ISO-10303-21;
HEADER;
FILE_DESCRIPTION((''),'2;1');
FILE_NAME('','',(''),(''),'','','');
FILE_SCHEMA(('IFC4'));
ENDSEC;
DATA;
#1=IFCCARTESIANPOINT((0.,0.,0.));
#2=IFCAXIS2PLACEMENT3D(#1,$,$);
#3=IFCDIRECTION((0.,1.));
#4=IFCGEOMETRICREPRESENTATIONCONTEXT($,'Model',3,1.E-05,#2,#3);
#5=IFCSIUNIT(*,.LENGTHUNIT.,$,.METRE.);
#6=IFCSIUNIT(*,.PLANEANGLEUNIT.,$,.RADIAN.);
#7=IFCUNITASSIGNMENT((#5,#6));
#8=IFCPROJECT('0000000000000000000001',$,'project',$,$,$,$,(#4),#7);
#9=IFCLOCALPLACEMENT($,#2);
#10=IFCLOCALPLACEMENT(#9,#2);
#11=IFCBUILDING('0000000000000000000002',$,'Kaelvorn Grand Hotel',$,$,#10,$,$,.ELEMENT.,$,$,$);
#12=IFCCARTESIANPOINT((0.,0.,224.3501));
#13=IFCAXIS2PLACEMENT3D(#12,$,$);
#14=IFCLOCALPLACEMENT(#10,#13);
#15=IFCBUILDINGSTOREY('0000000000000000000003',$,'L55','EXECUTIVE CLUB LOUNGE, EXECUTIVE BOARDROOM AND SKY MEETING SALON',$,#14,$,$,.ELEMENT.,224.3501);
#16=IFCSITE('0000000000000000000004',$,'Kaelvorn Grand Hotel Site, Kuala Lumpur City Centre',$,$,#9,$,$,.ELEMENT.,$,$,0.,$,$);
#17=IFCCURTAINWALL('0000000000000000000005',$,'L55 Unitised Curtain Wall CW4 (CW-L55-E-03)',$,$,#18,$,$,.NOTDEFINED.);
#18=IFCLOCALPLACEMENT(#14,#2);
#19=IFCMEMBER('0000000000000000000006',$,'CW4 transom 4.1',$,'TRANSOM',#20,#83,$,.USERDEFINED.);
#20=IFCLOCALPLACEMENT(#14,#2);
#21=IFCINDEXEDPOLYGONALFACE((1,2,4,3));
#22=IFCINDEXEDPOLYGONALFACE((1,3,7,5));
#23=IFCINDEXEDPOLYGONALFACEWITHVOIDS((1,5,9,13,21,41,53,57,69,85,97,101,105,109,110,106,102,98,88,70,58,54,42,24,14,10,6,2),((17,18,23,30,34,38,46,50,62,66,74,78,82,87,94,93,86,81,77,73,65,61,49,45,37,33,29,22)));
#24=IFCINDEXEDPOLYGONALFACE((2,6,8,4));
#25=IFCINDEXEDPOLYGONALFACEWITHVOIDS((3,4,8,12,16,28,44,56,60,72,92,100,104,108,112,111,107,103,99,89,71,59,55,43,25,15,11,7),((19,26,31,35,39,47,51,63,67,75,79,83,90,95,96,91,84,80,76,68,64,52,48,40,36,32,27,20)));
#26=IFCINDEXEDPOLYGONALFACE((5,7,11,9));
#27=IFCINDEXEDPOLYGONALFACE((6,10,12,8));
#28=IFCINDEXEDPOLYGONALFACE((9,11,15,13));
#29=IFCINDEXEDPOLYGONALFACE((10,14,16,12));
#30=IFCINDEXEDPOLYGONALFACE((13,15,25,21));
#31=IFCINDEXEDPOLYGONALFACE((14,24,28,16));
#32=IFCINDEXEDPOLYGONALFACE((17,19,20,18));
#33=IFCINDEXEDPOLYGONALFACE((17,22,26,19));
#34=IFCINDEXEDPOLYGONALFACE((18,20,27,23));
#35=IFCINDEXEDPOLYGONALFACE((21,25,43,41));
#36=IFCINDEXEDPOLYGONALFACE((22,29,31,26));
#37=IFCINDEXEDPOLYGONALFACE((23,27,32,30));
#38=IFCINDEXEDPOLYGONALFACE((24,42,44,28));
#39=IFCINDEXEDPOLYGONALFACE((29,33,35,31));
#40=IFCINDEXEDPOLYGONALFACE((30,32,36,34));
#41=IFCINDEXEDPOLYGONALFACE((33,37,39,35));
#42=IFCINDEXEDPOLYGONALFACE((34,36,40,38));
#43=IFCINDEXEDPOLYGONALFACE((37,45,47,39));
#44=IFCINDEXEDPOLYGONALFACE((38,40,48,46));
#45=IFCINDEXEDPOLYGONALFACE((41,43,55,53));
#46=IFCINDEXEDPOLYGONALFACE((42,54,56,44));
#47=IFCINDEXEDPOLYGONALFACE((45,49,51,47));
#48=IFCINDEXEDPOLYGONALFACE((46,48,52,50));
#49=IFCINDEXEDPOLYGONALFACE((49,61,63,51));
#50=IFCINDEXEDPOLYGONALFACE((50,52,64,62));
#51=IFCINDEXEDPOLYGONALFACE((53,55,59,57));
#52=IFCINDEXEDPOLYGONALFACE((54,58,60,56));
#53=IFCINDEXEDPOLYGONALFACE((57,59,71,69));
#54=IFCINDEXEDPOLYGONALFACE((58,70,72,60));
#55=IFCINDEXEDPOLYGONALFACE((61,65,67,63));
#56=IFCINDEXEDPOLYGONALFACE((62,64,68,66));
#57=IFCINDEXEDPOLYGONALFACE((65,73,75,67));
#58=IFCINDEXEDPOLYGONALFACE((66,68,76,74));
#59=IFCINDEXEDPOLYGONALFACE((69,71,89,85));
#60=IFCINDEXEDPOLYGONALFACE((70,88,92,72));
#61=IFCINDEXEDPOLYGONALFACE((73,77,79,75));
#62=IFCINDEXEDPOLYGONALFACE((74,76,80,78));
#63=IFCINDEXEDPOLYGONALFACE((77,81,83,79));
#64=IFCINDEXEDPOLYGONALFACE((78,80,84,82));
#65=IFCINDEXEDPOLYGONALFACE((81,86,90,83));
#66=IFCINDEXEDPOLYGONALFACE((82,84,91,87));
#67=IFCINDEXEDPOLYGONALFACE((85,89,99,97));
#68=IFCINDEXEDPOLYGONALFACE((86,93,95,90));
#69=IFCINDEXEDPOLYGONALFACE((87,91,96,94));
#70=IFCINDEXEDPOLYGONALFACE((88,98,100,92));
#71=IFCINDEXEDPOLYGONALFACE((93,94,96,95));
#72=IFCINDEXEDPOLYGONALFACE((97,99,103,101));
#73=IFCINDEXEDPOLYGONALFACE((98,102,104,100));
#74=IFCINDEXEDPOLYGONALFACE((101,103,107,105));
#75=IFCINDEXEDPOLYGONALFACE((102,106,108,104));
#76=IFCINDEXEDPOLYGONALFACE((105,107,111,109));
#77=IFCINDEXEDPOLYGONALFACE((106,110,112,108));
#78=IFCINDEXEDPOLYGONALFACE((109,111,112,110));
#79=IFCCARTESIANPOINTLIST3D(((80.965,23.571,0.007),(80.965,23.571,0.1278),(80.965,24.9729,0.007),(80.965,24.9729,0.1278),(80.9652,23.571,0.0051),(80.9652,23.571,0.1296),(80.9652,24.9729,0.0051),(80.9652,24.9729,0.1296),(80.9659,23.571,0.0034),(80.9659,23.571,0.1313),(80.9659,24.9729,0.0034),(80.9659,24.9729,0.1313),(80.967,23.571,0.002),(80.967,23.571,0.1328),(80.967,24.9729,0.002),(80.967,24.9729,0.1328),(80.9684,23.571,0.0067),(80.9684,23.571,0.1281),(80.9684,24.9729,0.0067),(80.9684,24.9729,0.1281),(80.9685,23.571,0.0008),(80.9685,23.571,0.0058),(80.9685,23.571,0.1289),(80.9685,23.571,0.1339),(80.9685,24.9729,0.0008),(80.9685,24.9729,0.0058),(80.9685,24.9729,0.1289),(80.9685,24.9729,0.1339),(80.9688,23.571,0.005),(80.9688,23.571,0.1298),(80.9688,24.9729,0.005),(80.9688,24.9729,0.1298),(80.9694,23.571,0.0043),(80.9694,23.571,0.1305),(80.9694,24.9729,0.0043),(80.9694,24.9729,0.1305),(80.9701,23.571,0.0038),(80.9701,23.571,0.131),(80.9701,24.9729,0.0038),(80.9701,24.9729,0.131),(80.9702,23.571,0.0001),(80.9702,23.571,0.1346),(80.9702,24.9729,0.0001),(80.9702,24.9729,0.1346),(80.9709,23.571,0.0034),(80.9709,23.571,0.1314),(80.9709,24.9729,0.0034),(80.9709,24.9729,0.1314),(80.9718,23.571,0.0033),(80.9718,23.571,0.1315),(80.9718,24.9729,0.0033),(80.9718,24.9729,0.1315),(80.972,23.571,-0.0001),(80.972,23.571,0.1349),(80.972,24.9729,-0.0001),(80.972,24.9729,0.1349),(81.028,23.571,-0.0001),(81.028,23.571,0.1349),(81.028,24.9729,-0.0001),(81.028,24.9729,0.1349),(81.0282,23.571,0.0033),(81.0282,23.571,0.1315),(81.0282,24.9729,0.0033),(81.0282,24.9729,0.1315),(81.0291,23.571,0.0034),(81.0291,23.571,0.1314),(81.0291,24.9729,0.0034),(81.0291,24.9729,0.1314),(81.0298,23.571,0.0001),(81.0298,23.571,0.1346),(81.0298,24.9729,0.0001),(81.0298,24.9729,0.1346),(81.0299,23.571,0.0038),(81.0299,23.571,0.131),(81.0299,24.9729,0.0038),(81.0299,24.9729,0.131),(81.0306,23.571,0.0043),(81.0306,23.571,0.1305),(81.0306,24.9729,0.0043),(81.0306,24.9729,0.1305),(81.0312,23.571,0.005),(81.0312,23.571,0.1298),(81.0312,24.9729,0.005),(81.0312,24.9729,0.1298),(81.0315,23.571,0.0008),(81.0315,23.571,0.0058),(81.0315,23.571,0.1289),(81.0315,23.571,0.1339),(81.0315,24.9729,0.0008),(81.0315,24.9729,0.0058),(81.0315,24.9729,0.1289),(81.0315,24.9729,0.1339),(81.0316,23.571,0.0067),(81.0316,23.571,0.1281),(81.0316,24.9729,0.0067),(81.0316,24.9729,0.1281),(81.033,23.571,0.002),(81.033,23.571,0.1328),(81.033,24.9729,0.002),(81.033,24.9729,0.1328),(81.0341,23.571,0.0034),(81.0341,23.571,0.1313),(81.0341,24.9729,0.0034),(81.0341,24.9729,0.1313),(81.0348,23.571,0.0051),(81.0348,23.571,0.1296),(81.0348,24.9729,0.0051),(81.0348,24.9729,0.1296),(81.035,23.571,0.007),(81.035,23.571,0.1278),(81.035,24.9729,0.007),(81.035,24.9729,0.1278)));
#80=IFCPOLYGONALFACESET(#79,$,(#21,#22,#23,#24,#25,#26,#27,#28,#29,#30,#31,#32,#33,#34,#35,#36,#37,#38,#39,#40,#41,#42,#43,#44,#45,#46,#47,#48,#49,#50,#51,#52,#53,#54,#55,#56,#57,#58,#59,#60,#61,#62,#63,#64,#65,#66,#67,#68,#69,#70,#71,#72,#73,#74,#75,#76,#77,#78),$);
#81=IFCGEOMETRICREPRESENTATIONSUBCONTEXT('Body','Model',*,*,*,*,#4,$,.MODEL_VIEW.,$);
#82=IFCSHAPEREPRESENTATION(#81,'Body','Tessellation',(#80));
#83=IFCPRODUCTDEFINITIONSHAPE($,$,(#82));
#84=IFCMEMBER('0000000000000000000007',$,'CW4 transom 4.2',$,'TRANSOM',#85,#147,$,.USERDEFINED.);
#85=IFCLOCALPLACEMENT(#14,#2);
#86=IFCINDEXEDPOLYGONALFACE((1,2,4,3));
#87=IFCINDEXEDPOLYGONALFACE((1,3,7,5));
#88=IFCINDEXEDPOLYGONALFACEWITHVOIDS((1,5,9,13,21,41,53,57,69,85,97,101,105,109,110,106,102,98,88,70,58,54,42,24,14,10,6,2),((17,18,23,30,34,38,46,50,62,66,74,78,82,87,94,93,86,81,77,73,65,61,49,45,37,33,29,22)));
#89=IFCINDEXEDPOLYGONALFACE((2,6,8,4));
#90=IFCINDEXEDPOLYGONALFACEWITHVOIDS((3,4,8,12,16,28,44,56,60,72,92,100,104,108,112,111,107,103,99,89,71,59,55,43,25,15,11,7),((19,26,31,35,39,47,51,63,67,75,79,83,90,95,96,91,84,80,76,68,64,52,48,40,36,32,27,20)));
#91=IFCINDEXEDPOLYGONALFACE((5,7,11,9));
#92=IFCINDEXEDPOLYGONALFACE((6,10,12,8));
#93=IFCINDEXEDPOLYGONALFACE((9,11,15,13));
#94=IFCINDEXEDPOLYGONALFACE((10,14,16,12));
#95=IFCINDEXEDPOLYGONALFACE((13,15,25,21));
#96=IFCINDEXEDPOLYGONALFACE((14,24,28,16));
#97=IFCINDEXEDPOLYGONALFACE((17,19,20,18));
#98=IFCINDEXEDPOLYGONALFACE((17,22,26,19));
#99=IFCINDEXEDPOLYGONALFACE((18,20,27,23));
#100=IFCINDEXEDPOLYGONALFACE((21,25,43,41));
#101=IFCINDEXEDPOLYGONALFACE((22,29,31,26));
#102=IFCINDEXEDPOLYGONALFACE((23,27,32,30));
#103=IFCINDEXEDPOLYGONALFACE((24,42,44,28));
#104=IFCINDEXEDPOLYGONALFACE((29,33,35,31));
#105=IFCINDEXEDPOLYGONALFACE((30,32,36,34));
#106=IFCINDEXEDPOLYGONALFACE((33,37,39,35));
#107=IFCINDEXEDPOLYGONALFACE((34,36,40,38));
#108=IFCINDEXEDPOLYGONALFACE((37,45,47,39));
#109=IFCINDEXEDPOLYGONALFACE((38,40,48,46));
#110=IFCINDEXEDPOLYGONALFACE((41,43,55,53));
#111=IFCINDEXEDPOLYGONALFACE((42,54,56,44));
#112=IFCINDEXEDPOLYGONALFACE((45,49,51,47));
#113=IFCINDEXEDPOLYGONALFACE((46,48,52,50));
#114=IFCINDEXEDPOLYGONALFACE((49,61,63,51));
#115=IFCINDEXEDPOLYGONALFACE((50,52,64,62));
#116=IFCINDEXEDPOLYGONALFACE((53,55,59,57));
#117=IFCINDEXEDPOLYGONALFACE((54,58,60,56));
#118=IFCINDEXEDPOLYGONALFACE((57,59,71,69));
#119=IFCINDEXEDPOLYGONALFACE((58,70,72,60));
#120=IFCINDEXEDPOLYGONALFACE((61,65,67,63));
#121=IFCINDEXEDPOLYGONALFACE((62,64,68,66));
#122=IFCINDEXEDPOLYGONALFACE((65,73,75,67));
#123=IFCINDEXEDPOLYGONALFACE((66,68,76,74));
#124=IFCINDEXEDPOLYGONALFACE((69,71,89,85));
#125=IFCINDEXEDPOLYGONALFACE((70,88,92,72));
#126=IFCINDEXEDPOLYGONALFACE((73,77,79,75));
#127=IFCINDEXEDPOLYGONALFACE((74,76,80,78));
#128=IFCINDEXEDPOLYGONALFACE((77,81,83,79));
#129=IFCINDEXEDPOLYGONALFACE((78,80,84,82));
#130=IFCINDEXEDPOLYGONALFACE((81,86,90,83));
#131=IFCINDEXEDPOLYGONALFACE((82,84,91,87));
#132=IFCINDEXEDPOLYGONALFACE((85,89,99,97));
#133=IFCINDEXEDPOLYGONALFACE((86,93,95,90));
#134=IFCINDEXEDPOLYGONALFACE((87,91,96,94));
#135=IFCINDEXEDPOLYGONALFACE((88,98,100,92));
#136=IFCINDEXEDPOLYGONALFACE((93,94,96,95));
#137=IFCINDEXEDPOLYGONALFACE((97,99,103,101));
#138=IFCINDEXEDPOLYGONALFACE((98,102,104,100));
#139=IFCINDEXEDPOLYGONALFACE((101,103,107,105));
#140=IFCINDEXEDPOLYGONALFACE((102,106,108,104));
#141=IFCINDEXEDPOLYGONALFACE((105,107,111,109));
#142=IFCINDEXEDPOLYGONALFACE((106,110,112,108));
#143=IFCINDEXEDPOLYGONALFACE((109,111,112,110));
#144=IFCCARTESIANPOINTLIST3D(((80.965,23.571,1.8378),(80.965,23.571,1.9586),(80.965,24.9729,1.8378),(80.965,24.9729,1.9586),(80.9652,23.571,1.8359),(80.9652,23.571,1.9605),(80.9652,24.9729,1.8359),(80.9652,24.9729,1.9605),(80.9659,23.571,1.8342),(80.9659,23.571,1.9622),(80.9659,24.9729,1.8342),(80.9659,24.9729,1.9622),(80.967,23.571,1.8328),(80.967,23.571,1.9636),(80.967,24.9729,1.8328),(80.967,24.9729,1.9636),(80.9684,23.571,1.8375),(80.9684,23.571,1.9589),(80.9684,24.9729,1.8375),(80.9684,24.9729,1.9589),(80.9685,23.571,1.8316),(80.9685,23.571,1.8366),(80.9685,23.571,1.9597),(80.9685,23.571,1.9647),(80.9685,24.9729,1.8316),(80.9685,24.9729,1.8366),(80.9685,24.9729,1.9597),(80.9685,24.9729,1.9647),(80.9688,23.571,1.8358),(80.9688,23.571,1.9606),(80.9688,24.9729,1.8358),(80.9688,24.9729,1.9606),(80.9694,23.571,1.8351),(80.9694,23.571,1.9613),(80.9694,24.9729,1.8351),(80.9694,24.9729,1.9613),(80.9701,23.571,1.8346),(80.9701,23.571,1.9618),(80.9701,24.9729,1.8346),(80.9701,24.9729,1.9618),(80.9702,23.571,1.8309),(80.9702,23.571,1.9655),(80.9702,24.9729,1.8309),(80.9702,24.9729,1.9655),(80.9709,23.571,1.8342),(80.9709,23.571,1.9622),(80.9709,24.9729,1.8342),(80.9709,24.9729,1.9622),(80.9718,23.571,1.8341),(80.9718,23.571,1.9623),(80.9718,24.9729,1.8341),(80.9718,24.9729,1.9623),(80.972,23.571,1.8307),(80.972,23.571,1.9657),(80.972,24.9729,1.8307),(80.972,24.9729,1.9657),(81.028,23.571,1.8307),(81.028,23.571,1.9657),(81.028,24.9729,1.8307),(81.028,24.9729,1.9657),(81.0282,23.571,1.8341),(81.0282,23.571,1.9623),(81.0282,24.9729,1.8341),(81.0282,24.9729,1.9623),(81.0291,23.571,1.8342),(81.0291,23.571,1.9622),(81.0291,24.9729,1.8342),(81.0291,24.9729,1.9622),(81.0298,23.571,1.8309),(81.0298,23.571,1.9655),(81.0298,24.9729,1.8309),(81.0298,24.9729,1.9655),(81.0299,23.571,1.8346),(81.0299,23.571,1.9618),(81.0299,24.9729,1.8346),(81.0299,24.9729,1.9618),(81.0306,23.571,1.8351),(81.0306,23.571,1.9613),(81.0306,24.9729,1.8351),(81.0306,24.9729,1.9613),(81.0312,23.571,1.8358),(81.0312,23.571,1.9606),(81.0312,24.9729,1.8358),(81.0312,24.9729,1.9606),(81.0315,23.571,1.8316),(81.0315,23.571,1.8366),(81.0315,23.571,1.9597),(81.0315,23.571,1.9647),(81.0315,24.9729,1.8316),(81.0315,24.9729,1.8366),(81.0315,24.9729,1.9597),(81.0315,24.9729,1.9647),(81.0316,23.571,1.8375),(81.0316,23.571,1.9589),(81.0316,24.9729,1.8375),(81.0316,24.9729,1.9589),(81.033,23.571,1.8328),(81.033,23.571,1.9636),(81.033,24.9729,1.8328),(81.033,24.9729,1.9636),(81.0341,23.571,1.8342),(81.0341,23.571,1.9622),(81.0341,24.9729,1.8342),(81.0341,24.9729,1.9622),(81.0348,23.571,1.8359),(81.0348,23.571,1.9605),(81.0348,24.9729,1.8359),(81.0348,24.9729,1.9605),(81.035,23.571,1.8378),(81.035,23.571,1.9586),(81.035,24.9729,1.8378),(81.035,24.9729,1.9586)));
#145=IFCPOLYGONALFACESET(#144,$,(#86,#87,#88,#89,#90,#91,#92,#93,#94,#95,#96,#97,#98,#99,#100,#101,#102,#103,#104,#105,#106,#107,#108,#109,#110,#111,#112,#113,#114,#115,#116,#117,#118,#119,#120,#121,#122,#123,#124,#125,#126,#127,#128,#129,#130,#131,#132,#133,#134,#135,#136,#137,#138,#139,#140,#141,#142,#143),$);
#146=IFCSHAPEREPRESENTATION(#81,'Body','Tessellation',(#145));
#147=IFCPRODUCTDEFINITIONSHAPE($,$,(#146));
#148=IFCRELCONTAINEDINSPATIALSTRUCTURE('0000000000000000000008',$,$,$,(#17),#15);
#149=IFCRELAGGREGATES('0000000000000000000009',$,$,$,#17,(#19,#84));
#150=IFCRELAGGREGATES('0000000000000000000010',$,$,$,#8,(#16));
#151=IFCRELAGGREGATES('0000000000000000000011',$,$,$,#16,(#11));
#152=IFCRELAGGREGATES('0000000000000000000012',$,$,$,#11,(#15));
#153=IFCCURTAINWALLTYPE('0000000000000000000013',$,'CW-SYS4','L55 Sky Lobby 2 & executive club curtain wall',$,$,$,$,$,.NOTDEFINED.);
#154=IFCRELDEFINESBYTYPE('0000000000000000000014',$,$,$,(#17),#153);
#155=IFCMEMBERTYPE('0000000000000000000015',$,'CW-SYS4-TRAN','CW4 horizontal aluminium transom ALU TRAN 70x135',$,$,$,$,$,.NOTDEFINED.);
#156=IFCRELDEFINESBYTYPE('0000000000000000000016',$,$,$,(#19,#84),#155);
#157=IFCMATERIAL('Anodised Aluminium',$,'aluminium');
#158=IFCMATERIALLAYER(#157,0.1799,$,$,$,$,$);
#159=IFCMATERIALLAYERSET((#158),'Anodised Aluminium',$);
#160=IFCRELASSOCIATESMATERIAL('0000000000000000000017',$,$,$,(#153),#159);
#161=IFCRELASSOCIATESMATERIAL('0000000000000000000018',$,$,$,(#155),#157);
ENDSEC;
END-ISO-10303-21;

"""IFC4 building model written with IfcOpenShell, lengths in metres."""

from ifc_helpers import new_model, si_unit, direction, frame, origin, origin_2d, place, context, subcontext, project, spatial, hollow_rectangle, extrude, material, layer, layer_set, material_profile, profile_set, type_object, element, aggregate, save


model = new_model("IFC4")

# Units and contexts
model_context = context("Model", 3, precision=1e-05, world=origin(), true_north=direction((0.0, 1.0)))
body_context = subcontext(model_context, "Body", "Model", "MODEL_VIEW")
ifc_project = project(units=[si_unit("LENGTHUNIT", "METRE"), si_unit("PLANEANGLEUNIT", "RADIAN")], contexts=[model_context])

# Site, building, storey
site_placement = place(None, origin())
site = spatial("IfcSite", under=ifc_project, at=site_placement, Name="Kaelvorn Grand Hotel Site, Kuala Lumpur City Centre", CompositionType="ELEMENT", RefElevation=0.0)
building_placement = place(site_placement, origin())
building = spatial("IfcBuilding", under=site, at=building_placement, Name="Kaelvorn Grand Hotel", CompositionType="ELEMENT")
storey_placement = place(building_placement, frame((0.0, 0.0, 224.3501)))
storey = spatial("IfcBuildingStorey", under=building, at=storey_placement, Name="L55", Description="EXECUTIVE CLUB LOUNGE, EXECUTIVE BOARDROOM AND SKY MEETING SALON", CompositionType="ELEMENT", Elevation=224.3501)

# Curtain wall, members
ifc_material_1 = material(Name="Anodised Aluminium", Category="aluminium")
ifc_layer_1 = layer(ifc_material_1, 0.1799)
ifc_layer_set_1 = layer_set([ifc_layer_1], Name="Anodised Aluminium")
curtain_wall_type = type_object("IfcCurtainWallType", Name="CW-SYS4", Description="L55 Sky Lobby 2 & executive club curtain wall", PredefinedType="NOTDEFINED", material=ifc_layer_set_1)
curtain_wall_placement = place(storey_placement, origin())
curtain_wall = element("IfcCurtainWall", 1, at=curtain_wall_placement, inside=storey, type_object=curtain_wall_type, Name="L55 Unitised Curtain Wall CW4 (CW-L55-E-03)", PredefinedType="NOTDEFINED")
ifc_material_profile_1 = material_profile(ifc_material_1, hollow_rectangle(XDim=0.0701, YDim=0.135, WallThickness=0.0034, InnerFilletRadius=0.0034, OuterFilletRadius=0.0071, at=origin_2d()), Name="ALU TRAN 70x135")
ifc_profile_set_1 = profile_set([ifc_material_profile_1], Name="Anodised Aluminium")
member_type_1 = type_object("IfcMemberType", Name="CW-SYS4-TRAN", Description="CW4 horizontal aluminium transom ALU TRAN 70x135", PredefinedType="NOTDEFINED", material=ifc_profile_set_1)
member_1_placement = place(storey_placement, frame((81.0, 23.571, 0.0674), z_axis=(0.0, 1.0, 0.0), x_axis=(-1.0, 0.0, 0.0)))
member_1 = element("IfcMember", 2, at=member_1_placement, type_object=member_type_1, Name="CW4 transom 4.1", ObjectType="TRANSOM", PredefinedType="USERDEFINED", context=body_context, shape_type="SweptSolid", body=[
    extrude(hollow_rectangle(XDim=0.0701, YDim=0.135, WallThickness=0.0034, InnerFilletRadius=0.0034, OuterFilletRadius=0.0071, at=origin_2d()), origin(), (0.0, 0.0, 1.0), 1.4019),
])
member_2_placement = place(storey_placement, frame((81.0, 23.571, 1.8982), z_axis=(0.0, 1.0, 0.0), x_axis=(-1.0, 0.0, 0.0)))
member_2 = element("IfcMember", 3, at=member_2_placement, type_object=member_type_1, Name="CW4 transom 4.2", ObjectType="TRANSOM", PredefinedType="USERDEFINED", context=body_context, shape_type="SweptSolid", body=[
    extrude(hollow_rectangle(XDim=0.0701, YDim=0.135, WallThickness=0.0034, InnerFilletRadius=0.0034, OuterFilletRadius=0.0071, at=origin_2d()), origin(), (0.0, 0.0, 1.0), 1.4019),
])
aggregate(curtain_wall, [member_1, member_2])

save(model, "model.ifc")
